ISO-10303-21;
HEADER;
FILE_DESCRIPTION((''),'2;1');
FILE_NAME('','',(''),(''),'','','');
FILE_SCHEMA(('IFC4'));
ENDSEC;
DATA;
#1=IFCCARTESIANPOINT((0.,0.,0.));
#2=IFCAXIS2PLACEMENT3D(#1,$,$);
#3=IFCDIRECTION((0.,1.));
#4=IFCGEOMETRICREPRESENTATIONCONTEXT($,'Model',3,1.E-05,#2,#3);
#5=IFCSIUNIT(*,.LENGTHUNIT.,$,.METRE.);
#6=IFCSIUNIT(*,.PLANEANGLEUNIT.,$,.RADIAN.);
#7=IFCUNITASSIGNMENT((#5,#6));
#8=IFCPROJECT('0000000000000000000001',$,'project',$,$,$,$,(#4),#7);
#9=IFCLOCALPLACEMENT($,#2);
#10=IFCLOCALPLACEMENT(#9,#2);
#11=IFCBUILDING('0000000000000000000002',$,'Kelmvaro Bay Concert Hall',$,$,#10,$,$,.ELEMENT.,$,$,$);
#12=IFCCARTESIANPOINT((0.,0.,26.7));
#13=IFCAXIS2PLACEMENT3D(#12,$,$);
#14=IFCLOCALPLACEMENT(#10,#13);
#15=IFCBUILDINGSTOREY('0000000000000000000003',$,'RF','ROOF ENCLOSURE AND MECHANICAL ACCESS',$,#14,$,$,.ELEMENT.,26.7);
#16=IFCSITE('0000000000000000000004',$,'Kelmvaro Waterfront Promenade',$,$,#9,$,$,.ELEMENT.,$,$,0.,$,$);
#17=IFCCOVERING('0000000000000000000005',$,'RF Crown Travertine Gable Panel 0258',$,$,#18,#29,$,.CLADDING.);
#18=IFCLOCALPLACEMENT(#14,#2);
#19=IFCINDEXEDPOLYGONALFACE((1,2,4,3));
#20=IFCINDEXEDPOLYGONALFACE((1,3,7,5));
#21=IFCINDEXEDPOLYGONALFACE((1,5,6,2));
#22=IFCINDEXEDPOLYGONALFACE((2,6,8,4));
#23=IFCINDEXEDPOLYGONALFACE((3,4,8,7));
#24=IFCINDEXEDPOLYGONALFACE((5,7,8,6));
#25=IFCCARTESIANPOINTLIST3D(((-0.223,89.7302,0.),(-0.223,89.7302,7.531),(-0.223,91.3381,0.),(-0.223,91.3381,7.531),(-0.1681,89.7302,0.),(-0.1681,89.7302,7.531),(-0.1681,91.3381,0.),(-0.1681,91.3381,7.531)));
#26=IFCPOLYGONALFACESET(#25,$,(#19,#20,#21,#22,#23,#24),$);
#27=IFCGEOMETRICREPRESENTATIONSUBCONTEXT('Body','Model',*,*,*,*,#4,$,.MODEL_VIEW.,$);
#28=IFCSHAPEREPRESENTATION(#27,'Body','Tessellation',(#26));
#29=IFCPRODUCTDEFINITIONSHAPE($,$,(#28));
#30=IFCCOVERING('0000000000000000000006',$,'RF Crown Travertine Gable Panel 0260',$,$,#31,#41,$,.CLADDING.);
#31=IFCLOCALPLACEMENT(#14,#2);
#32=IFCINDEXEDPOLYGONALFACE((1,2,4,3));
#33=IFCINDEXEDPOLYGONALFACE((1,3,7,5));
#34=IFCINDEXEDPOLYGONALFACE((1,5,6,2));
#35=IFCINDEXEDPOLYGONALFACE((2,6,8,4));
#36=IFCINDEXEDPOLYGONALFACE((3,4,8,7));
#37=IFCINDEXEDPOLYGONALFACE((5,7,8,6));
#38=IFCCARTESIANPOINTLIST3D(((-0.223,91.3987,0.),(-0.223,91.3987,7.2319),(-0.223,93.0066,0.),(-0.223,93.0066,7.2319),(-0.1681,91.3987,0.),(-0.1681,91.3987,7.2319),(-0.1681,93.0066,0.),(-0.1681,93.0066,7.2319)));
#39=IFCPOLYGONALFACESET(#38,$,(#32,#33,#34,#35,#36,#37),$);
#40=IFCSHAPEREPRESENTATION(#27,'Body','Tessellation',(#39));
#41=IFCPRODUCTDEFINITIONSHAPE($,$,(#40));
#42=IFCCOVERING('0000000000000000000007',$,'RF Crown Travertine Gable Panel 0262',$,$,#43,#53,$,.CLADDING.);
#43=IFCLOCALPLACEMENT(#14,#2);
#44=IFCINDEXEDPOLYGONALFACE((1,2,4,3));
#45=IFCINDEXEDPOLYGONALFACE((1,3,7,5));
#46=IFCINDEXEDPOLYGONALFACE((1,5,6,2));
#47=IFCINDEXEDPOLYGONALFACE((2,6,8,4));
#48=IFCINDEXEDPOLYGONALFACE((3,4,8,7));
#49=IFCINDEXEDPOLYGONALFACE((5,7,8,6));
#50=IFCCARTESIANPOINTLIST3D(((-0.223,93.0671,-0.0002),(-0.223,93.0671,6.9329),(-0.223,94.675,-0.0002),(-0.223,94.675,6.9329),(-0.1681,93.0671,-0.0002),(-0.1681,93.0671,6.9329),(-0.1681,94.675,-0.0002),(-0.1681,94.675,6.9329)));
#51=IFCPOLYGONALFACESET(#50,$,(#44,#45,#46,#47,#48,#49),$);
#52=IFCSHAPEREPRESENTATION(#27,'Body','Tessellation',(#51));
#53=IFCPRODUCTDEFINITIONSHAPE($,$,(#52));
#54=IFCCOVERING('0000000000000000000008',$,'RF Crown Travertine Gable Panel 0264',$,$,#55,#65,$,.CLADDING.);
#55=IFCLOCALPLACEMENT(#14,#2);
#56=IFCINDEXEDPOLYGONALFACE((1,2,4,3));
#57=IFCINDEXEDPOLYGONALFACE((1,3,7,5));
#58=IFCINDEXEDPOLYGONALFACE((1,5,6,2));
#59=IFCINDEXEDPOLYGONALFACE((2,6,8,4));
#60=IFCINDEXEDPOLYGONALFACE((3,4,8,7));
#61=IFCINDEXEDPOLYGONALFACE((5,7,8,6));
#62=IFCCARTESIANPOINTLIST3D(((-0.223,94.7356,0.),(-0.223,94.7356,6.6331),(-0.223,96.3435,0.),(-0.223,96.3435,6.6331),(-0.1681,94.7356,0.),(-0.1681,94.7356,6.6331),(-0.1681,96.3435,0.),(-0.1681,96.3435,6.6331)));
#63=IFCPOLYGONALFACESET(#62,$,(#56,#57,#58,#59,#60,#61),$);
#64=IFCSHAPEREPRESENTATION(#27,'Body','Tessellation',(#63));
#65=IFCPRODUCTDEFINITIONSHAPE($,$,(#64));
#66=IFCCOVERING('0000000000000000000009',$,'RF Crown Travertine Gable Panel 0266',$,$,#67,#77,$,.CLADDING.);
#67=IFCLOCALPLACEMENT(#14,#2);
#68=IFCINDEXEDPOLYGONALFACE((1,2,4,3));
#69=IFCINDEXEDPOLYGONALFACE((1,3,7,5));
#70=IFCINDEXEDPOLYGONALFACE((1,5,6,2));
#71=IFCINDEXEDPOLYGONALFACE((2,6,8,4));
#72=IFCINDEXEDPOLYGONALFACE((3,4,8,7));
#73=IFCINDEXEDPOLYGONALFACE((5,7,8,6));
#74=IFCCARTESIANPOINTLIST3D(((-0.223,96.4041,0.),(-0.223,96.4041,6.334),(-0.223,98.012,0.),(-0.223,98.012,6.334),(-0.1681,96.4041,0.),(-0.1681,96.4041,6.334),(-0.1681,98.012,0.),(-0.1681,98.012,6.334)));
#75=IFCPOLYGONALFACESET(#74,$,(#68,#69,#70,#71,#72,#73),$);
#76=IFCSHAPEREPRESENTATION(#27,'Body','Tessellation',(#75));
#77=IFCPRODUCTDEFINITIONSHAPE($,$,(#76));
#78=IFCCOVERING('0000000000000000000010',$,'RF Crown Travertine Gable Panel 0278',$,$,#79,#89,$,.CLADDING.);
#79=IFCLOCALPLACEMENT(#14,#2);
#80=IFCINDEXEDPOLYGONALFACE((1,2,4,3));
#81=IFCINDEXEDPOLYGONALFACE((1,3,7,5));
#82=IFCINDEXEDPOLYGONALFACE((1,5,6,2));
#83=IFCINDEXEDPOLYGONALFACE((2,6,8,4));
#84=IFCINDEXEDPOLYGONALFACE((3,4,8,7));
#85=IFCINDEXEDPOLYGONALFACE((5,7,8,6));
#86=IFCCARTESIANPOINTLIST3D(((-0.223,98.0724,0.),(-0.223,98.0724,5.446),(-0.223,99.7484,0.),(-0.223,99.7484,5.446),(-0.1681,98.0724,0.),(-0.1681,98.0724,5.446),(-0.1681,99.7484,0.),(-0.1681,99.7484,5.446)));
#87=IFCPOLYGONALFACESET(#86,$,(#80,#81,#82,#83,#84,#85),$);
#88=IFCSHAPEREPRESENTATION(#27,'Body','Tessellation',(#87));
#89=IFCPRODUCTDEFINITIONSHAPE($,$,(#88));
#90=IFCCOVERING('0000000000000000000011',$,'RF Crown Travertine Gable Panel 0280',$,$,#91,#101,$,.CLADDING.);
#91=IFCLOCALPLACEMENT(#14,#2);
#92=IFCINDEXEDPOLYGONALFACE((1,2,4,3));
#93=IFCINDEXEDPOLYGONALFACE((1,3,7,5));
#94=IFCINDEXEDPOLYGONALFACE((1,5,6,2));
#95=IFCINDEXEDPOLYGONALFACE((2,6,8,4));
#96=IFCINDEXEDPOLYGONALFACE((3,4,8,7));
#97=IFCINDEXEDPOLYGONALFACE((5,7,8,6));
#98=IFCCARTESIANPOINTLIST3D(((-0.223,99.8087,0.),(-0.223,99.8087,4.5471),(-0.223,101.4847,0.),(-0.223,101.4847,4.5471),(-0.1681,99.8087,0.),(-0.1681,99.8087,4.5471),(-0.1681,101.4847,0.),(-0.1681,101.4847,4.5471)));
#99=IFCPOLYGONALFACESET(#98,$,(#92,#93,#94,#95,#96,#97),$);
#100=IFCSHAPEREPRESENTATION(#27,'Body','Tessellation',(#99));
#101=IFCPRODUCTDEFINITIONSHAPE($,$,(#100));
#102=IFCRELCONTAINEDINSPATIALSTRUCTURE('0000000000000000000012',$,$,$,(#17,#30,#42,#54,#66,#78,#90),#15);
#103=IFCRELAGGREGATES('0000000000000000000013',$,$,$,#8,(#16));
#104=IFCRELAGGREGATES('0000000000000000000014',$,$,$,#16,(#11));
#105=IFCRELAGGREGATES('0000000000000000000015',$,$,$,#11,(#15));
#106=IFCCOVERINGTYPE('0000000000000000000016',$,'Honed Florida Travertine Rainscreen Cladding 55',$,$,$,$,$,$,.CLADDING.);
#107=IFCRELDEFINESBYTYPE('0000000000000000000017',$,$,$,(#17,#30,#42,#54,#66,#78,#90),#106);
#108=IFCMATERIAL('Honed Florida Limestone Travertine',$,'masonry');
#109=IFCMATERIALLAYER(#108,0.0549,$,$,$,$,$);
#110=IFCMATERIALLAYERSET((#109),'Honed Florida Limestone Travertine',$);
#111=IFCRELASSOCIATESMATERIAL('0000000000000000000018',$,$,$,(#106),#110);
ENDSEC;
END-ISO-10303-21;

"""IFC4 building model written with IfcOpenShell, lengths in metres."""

from ifc_helpers import new_model, si_unit, direction, frame, origin, origin_2d, place, context, subcontext, project, spatial, rectangle, extrude, material, layer, layer_set, type_object, element, save


model = new_model("IFC4")

# Units and contexts
model_context = context("Model", 3, precision=1e-05, world=origin(), true_north=direction((0.0, 1.0)))
body_context = subcontext(model_context, "Body", "Model", "MODEL_VIEW")
ifc_project = project(units=[si_unit("LENGTHUNIT", "METRE"), si_unit("PLANEANGLEUNIT", "RADIAN")], contexts=[model_context])

# Site, building, storey
site_placement = place(None, origin())
site = spatial("IfcSite", under=ifc_project, at=site_placement, Name="Kelmvaro Waterfront Promenade", CompositionType="ELEMENT", RefElevation=0.0)
building_placement = place(site_placement, origin())
building = spatial("IfcBuilding", under=site, at=building_placement, Name="Kelmvaro Bay Concert Hall", CompositionType="ELEMENT")
storey_placement = place(building_placement, frame((0.0, 0.0, 26.7)))
storey = spatial("IfcBuildingStorey", under=building, at=storey_placement, Name="RF", Description="ROOF ENCLOSURE AND MECHANICAL ACCESS", CompositionType="ELEMENT", Elevation=26.7)

# Coverings
ifc_material_1 = material(Name="Honed Florida Limestone Travertine", Category="masonry")
ifc_layer_1 = layer(ifc_material_1, 0.0549)
ifc_layer_set_1 = layer_set([ifc_layer_1], Name="Honed Florida Limestone Travertine")
covering_type = type_object("IfcCoveringType", Name="Honed Florida Travertine Rainscreen Cladding 55", PredefinedType="CLADDING", material=ifc_layer_set_1)
for number, where, z_axis, x_axis, name in (
    (1, (-0.1956, 90.5342, 0.0), (0.0, 0.0, 1.0), (0.0, 1.0, 0.0), "RF Crown Travertine Gable Panel 0258"),
):
    element("IfcCovering", number, at=place(storey_placement, frame(where, z_axis=z_axis, x_axis=x_axis)), inside=storey, type_object=covering_type, Name=name, PredefinedType="CLADDING", context=body_context, shape_type="SweptSolid", body=[
        extrude(rectangle(XDim=1.6079, YDim=0.0549, at=origin_2d()), origin(), (0.0, 0.0, 1.0), 7.531),
    ])
covering_1_placement = place(storey_placement, frame((-0.1956, 92.2026, 0.0), z_axis=(0.0, 0.0, 1.0), x_axis=(0.0, 1.0, 0.0)))
element("IfcCovering", 2, at=covering_1_placement, inside=storey, type_object=covering_type, Name="RF Crown Travertine Gable Panel 0260", PredefinedType="CLADDING", context=body_context, shape_type="SweptSolid", body=[
    extrude(rectangle(XDim=1.6079, YDim=0.0549, at=origin_2d()), origin(), (0.0, 0.0, 1.0), 7.2319),
])
covering_2_placement = place(storey_placement, frame((-0.1956, 93.8711, -0.0002), z_axis=(0.0, 0.0, 1.0), x_axis=(0.0, 1.0, 0.0)))
element("IfcCovering", 3, at=covering_2_placement, inside=storey, type_object=covering_type, Name="RF Crown Travertine Gable Panel 0262", PredefinedType="CLADDING", context=body_context, shape_type="SweptSolid", body=[
    extrude(rectangle(XDim=1.6079, YDim=0.0549, at=origin_2d()), origin(), (0.0, 0.0, 1.0), 6.9331),
])
covering_3_placement = place(storey_placement, frame((-0.1956, 95.5396, 0.0), z_axis=(0.0, 0.0, 1.0), x_axis=(0.0, 1.0, 0.0)))
element("IfcCovering", 4, at=covering_3_placement, inside=storey, type_object=covering_type, Name="RF Crown Travertine Gable Panel 0264", PredefinedType="CLADDING", context=body_context, shape_type="SweptSolid", body=[
    extrude(rectangle(XDim=1.6079, YDim=0.0549, at=origin_2d()), origin(), (0.0, 0.0, 1.0), 6.6331),
])
covering_4_placement = place(storey_placement, frame((-0.1956, 97.208, 0.0), z_axis=(0.0, 0.0, 1.0), x_axis=(0.0, 1.0, 0.0)))
element("IfcCovering", 5, at=covering_4_placement, inside=storey, type_object=covering_type, Name="RF Crown Travertine Gable Panel 0266", PredefinedType="CLADDING", context=body_context, shape_type="SweptSolid", body=[
    extrude(rectangle(XDim=1.6079, YDim=0.0549, at=origin_2d()), origin(), (0.0, 0.0, 1.0), 6.334),
])
covering_5_placement = place(storey_placement, frame((-0.1956, 98.9104, 0.0), z_axis=(0.0, 0.0, 1.0), x_axis=(0.0, 1.0, 0.0)))
element("IfcCovering", 6, at=covering_5_placement, inside=storey, type_object=covering_type, Name="RF Crown Travertine Gable Panel 0278", PredefinedType="CLADDING", context=body_context, shape_type="SweptSolid", body=[
    extrude(rectangle(XDim=1.676, YDim=0.0549, at=origin_2d()), origin(), (0.0, 0.0, 1.0), 5.446),
])
covering_6_placement = place(storey_placement, frame((-0.1956, 100.6467, 0.0), z_axis=(0.0, 0.0, 1.0), x_axis=(0.0, 1.0, 0.0)))
element("IfcCovering", 7, at=covering_6_placement, inside=storey, type_object=covering_type, Name="RF Crown Travertine Gable Panel 0280", PredefinedType="CLADDING", context=body_context, shape_type="SweptSolid", body=[
    extrude(rectangle(XDim=1.676, YDim=0.0549, at=origin_2d()), origin(), (0.0, 0.0, 1.0), 4.5471),
])

save(model, "model.ifc")
